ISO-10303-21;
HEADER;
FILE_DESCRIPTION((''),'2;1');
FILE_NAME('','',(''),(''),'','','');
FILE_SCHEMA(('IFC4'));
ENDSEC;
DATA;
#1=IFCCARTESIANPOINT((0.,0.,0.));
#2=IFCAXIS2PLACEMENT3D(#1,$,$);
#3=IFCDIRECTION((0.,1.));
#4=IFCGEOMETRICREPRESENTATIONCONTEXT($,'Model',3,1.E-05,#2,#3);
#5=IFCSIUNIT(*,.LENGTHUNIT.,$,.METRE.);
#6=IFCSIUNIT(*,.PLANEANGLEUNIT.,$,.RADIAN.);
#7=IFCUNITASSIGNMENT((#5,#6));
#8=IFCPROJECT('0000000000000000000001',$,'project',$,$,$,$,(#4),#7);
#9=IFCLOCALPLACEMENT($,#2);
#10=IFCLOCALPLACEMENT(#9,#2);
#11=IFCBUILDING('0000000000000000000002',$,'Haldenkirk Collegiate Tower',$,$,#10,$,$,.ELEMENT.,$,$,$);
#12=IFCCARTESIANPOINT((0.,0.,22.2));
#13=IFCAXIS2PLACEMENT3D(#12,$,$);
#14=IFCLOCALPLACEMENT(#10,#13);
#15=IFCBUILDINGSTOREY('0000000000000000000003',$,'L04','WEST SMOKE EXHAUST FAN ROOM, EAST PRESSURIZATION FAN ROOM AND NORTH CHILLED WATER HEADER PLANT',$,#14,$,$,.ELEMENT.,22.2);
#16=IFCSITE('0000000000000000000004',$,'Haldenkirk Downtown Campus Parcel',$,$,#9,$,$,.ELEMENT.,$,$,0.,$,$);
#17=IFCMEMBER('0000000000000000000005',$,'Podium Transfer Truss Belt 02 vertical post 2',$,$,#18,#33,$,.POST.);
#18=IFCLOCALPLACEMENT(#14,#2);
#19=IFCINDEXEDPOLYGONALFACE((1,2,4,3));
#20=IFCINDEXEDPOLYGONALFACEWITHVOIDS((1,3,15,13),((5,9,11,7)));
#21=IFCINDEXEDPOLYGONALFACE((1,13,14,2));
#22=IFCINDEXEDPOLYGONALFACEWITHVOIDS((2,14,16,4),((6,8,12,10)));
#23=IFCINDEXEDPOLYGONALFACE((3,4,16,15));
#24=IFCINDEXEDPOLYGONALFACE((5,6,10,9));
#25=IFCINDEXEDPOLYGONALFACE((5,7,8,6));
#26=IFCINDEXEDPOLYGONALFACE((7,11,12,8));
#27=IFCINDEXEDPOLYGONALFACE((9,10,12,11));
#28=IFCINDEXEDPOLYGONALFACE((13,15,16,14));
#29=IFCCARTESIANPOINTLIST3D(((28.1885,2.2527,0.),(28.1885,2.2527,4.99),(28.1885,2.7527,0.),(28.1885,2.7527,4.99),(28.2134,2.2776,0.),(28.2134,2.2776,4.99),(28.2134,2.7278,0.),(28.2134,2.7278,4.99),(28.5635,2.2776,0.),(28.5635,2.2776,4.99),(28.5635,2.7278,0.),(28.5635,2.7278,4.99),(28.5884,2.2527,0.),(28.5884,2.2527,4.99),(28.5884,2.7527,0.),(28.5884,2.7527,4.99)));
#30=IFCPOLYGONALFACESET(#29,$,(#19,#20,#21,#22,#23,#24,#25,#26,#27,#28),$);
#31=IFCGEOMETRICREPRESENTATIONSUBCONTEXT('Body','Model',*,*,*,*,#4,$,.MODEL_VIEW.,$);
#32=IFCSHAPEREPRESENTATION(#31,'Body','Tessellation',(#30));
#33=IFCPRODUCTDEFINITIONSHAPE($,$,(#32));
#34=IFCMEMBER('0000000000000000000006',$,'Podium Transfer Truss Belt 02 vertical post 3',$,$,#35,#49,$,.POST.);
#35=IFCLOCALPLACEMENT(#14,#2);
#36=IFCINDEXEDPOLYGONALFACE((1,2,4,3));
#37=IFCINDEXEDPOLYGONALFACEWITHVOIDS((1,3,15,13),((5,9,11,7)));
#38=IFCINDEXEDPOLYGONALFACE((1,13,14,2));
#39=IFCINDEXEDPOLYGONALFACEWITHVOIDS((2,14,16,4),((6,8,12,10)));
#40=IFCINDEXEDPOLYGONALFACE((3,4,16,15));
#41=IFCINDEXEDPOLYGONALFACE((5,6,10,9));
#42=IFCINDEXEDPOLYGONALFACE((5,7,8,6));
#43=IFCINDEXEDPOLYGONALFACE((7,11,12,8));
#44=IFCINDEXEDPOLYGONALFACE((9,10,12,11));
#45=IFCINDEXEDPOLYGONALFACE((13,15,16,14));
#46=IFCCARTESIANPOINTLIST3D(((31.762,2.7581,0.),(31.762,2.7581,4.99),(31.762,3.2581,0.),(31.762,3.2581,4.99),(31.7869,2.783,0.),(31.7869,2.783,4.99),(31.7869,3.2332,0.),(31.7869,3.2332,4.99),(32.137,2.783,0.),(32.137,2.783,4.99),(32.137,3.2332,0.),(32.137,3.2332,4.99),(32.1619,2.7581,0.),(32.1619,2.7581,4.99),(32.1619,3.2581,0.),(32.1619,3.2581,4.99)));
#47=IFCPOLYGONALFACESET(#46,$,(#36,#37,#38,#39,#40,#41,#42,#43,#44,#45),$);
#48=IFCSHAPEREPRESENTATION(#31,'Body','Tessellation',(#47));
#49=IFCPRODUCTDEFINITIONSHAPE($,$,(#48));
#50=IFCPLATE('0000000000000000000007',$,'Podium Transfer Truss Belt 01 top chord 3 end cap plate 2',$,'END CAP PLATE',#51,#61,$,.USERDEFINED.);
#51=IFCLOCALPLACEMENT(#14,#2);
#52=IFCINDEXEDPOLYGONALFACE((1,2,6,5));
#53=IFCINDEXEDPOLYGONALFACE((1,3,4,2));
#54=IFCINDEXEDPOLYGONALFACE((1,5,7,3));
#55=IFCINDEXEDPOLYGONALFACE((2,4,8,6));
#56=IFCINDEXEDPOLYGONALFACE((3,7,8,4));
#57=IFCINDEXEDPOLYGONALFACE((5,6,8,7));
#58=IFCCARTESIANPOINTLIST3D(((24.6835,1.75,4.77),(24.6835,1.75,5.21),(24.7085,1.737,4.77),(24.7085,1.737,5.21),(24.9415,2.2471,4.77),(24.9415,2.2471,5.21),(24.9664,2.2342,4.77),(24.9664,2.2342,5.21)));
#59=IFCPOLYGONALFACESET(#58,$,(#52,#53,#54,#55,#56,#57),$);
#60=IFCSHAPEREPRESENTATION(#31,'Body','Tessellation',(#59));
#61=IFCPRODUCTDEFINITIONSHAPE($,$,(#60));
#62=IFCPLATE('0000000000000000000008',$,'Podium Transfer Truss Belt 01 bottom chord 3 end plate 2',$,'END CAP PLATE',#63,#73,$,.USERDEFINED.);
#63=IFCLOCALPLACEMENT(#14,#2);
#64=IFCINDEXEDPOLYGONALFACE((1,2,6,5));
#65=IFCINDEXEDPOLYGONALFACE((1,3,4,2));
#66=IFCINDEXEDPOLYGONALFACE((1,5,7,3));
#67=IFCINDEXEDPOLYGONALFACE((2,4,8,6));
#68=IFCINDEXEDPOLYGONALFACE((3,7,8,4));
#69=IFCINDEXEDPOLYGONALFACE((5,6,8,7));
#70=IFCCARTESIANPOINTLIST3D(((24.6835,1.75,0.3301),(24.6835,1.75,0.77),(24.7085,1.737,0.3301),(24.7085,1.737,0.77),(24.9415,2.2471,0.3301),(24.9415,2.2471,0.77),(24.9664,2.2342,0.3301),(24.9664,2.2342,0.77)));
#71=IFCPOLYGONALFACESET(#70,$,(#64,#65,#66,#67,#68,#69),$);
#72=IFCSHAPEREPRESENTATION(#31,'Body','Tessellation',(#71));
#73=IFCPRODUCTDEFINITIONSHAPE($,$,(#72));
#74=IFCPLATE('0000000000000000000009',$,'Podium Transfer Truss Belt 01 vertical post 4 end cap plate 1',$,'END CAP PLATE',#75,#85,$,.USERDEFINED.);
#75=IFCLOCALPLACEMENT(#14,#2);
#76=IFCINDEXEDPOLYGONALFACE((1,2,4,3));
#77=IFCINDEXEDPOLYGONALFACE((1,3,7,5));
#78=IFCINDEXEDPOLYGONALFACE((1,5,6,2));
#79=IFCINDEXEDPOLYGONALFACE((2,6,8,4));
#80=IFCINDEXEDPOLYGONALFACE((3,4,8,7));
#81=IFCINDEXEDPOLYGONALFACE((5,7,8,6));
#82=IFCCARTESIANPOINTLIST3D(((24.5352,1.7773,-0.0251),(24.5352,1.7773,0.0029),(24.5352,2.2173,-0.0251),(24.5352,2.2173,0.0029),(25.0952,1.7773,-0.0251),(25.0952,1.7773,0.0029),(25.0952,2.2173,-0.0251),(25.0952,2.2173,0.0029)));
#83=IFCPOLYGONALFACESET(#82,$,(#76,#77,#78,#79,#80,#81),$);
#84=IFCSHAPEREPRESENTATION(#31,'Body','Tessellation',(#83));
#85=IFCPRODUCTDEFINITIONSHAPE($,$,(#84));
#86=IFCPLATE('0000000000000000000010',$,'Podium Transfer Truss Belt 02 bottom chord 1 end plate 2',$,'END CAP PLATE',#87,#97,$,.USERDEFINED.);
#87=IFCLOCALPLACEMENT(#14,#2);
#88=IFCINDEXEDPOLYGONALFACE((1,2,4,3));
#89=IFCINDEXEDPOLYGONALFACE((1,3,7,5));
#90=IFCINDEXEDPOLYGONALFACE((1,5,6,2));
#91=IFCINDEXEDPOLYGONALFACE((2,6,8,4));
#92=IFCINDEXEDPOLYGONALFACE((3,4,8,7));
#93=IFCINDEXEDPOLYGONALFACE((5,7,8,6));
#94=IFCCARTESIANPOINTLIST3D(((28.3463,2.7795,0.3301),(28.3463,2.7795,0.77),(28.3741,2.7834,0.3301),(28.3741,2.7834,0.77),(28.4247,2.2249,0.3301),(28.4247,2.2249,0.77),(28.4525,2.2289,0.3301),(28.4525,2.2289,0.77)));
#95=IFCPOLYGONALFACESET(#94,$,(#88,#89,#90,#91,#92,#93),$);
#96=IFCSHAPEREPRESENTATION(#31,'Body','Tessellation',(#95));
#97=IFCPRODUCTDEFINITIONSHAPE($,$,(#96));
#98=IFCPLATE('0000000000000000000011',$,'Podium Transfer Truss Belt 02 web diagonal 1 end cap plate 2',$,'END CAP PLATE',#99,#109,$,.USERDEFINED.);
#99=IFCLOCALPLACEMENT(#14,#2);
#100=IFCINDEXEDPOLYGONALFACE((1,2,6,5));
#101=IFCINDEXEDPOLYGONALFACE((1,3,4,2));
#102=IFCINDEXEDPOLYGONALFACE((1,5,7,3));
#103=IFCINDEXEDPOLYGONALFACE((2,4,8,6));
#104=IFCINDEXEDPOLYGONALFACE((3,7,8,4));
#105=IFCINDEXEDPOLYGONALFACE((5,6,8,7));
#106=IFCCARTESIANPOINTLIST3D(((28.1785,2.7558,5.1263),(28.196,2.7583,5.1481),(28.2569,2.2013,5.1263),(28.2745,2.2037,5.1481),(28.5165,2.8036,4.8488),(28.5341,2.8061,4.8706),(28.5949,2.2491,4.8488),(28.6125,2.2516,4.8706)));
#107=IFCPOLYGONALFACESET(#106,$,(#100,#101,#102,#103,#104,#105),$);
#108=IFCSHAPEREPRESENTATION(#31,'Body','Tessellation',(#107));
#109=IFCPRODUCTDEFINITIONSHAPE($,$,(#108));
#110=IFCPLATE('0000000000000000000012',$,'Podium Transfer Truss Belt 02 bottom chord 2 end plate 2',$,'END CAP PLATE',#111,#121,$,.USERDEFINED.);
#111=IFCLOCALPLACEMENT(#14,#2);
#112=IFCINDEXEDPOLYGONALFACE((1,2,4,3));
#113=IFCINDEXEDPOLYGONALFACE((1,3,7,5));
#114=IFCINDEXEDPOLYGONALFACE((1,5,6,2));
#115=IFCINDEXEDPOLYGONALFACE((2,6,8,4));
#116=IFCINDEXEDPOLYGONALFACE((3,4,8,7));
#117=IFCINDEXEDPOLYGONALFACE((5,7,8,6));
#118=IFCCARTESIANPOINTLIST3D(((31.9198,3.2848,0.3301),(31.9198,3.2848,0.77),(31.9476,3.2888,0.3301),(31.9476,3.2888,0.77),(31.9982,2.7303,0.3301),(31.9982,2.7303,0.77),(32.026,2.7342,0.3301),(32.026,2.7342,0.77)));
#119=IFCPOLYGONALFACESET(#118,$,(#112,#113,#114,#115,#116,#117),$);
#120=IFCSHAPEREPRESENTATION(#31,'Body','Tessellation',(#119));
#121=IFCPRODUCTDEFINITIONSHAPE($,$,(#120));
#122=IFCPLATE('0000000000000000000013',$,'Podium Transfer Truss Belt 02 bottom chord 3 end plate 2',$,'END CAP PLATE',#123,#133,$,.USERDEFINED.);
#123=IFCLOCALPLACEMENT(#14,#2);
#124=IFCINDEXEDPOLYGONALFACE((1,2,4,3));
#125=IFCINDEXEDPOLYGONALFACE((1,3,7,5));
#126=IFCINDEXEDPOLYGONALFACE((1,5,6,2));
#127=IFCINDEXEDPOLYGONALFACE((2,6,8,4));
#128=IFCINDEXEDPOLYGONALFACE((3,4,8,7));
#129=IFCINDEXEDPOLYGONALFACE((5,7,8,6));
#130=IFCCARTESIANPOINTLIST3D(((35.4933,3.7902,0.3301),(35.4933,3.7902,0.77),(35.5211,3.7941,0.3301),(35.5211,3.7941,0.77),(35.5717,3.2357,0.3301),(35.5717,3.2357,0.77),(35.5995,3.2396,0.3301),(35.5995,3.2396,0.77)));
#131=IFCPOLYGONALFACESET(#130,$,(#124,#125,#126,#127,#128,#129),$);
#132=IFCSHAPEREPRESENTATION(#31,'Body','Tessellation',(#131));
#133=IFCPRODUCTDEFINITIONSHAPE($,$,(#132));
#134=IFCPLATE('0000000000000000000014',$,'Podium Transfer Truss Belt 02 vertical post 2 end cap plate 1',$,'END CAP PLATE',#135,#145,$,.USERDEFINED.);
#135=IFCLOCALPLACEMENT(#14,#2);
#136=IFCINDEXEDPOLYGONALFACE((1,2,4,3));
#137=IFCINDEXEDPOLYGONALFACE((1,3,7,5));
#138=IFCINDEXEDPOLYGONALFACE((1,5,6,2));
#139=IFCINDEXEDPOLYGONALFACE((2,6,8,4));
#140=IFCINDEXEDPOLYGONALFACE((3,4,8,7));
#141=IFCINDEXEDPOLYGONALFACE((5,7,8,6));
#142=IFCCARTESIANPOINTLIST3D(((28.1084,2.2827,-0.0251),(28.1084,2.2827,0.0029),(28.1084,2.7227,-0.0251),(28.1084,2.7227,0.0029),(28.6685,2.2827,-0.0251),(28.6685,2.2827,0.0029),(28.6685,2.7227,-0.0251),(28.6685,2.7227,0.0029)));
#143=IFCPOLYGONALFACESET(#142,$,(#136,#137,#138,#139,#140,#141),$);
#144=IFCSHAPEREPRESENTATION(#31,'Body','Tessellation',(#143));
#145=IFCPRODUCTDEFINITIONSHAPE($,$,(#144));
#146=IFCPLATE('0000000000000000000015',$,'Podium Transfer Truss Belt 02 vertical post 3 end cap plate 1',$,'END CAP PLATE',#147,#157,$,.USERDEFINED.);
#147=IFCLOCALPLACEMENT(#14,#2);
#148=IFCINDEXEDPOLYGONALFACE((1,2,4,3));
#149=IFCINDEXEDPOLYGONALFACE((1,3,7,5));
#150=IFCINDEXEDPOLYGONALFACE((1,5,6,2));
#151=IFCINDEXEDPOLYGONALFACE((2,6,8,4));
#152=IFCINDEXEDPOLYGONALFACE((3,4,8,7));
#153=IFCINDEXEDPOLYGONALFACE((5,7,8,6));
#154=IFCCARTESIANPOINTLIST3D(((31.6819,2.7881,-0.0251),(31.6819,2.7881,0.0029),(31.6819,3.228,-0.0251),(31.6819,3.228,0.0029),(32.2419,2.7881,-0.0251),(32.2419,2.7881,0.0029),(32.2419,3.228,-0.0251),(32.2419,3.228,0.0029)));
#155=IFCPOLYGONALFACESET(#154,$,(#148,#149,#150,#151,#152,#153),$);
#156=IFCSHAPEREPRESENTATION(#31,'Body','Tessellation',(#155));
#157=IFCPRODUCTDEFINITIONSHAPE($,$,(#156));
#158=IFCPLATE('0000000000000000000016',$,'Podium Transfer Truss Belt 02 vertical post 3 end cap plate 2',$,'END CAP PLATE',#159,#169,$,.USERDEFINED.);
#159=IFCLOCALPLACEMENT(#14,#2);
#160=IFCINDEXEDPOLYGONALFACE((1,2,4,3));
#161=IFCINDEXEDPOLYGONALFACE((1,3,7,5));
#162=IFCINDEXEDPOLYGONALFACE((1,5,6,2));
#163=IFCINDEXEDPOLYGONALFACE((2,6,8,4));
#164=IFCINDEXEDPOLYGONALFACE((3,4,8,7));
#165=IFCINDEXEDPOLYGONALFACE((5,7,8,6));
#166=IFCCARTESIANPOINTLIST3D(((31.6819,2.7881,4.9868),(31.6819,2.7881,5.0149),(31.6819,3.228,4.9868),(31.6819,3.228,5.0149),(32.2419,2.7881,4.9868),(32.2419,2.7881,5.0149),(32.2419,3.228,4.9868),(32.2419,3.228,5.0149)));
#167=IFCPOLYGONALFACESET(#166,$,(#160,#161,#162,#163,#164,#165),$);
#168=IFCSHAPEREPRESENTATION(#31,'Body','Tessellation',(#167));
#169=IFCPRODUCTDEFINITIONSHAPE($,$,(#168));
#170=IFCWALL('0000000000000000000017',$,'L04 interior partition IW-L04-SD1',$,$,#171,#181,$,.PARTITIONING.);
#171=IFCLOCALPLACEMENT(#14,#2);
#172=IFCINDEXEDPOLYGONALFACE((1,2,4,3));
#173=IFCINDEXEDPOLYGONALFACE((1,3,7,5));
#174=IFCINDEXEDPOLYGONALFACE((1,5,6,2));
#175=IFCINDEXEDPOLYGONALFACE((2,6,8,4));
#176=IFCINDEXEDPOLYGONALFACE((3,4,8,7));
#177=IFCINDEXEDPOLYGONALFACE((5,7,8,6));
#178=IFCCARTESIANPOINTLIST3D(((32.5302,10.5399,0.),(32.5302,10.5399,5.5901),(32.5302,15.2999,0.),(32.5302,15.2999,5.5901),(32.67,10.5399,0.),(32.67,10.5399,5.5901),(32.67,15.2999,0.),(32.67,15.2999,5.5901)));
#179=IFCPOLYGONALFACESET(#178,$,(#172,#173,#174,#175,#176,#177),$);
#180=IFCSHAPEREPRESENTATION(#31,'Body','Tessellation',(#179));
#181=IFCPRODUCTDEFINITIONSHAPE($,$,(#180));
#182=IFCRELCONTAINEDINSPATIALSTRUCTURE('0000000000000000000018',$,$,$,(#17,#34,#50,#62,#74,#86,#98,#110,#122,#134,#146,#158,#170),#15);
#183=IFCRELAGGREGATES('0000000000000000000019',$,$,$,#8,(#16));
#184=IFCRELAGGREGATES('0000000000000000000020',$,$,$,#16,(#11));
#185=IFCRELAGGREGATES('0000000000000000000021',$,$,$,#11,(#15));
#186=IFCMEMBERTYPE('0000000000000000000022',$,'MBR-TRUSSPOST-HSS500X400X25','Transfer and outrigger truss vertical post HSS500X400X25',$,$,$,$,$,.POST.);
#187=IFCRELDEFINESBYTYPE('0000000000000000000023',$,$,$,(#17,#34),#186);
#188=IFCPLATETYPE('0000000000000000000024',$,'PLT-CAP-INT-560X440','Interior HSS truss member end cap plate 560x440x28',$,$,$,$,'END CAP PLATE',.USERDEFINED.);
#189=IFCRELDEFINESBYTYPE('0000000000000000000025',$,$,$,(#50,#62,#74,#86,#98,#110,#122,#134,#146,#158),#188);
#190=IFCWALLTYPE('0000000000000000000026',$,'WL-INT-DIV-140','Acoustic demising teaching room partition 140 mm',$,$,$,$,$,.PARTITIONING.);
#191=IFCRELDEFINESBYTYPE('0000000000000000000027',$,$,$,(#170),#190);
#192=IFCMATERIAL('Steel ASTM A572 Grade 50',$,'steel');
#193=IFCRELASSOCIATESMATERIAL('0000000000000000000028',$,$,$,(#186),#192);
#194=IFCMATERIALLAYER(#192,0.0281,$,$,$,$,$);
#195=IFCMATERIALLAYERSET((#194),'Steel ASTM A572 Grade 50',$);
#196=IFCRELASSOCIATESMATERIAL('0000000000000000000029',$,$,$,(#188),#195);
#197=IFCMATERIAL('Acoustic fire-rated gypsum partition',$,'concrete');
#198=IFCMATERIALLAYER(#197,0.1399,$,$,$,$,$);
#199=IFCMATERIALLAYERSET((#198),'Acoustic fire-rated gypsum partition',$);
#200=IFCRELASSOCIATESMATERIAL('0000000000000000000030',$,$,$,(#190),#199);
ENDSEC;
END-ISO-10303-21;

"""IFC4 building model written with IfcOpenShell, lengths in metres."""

from ifc_helpers import new_model, si_unit, direction, frame, frame_2d, origin, origin_2d, place, context, subcontext, project, spatial, rectangle, hollow_rectangle, extrude, source, transform, mapped, material, layer, layer_set, material_profile, profile_set, type_object, element, save


model = new_model("IFC4")

# Units and contexts
model_context = context("Model", 3, precision=1e-05, world=origin(), true_north=direction((0.0, 1.0)))
body_context = subcontext(model_context, "Body", "Model", "MODEL_VIEW")
ifc_project = project(units=[si_unit("LENGTHUNIT", "METRE"), si_unit("PLANEANGLEUNIT", "RADIAN")], contexts=[model_context])

# Site, building, storey
site_placement = place(None, origin())
site = spatial("IfcSite", under=ifc_project, at=site_placement, Name="Haldenkirk Downtown Campus Parcel", CompositionType="ELEMENT", RefElevation=0.0)
building_placement = place(site_placement, origin())
building = spatial("IfcBuilding", under=site, at=building_placement, Name="Haldenkirk Collegiate Tower", CompositionType="ELEMENT")
storey_placement = place(building_placement, frame((0.0, 0.0, 22.2)))
storey = spatial("IfcBuildingStorey", under=building, at=storey_placement, Name="L04", Description="WEST SMOKE EXHAUST FAN ROOM, EAST PRESSURIZATION FAN ROOM AND NORTH CHILLED WATER HEADER PLANT", CompositionType="ELEMENT", Elevation=22.2)

# Members
ifc_material_1 = material(Name="Steel ASTM A572 Grade 50", Category="steel")
ifc_material_profile_1 = material_profile(ifc_material_1, hollow_rectangle(XDim=0.3999, YDim=0.5, WallThickness=0.0249, at=origin_2d()), Name="HSS500X400X25")
ifc_profile_set_1 = profile_set([ifc_material_profile_1], Name="Steel ASTM A572 Grade 50")
member_type_1 = type_object("IfcMemberType", Name="MBR-TRUSSPOST-HSS500X400X25", Description="Transfer and outrigger truss vertical post HSS500X400X25", PredefinedType="POST", material=ifc_profile_set_1)
for number, where, z_axis, x_axis, name in (
    (1, (28.3884, 2.5027, 0.0), (0.0, 0.0, 1.0), (1.0, 0.0, 0.0), "Podium Transfer Truss Belt 02 vertical post 2"),
    (2, (31.9619, 3.0081, 0.0), (0.0, 0.0, 1.0), (1.0, 0.0, 0.0), "Podium Transfer Truss Belt 02 vertical post 3"),
):
    element("IfcMember", number, at=place(storey_placement, frame(where, z_axis=z_axis, x_axis=x_axis)), inside=storey, type_object=member_type_1, Name=name, PredefinedType="POST", context=body_context, shape_type="SweptSolid", body=[
        extrude(hollow_rectangle(XDim=0.3999, YDim=0.5, WallThickness=0.0249, at=origin_2d()), origin(), (0.0, 0.0, 1.0), 4.99),
    ])

# Plates
ifc_layer_1 = layer(ifc_material_1, 0.0281)
ifc_layer_set_1 = layer_set([ifc_layer_1], Name="Steel ASTM A572 Grade 50")
plate_type = type_object("IfcPlateType", Name="PLT-CAP-INT-560X440", Description="Interior HSS truss member end cap plate 560x440x28", ElementType="END CAP PLATE", PredefinedType="USERDEFINED", material=ifc_layer_set_1)
shared_shape = source(origin(), body_context, "Body", "SweptSolid", [
    extrude(rectangle(XDim=0.5601, YDim=0.4399, at=origin_2d()), origin(), (0.0, 0.0, 1.0), 0.0281),
])
for number, where, z_axis, x_axis, name in (
    (3, (24.8125, 1.9985, 4.99), (0.88766, -0.460499, 0.0), (0.460499, 0.88766, 0.0), "Podium Transfer Truss Belt 01 top chord 3 end cap plate 2"),
    (4, (24.8125, 1.9985, 0.55), (0.887657, -0.460504, 0.0), (0.460504, 0.887657, 0.0), "Podium Transfer Truss Belt 01 bottom chord 3 end plate 2"),
    (5, (24.8152, 1.9973, 0.0029), (0.0, 0.0, -1.0), (1.0, 0.0, 0.0), "Podium Transfer Truss Belt 01 vertical post 4 end cap plate 1"),
    (6, (28.3855, 2.5022, 0.55), (0.990146, 0.140039, 0.0), (-0.140039, 0.990146, 0.0), "Podium Transfer Truss Belt 02 bottom chord 1 end plate 2"),
    (7, (28.3867, 2.5024, 4.9875), (0.624531, 0.08833, 0.775989), (-0.14004, 0.990146, 0.0), "Podium Transfer Truss Belt 02 web diagonal 1 end cap plate 2"),
    (8, (31.959, 3.0076, 0.55), (0.990146, 0.140039, 0.0), (-0.140039, 0.990146, 0.0), "Podium Transfer Truss Belt 02 bottom chord 2 end plate 2"),
    (9, (35.5325, 3.5129, 0.55), (0.990146, 0.140039, 0.0), (-0.140039, 0.990146, 0.0), "Podium Transfer Truss Belt 02 bottom chord 3 end plate 2"),
    (10, (28.3884, 2.5027, 0.0029), (0.0, 0.0, -1.0), (1.0, 0.0, 0.0), "Podium Transfer Truss Belt 02 vertical post 2 end cap plate 1"),
    (11, (31.9619, 3.0081, 0.0029), (0.0, 0.0, -1.0), (1.0, 0.0, 0.0), "Podium Transfer Truss Belt 02 vertical post 3 end cap plate 1"),
    (12, (31.9619, 3.0081, 4.9868), (0.0, 0.0, 1.0), (1.0, 0.0, 0.0), "Podium Transfer Truss Belt 02 vertical post 3 end cap plate 2"),
):
    element("IfcPlate", number, at=place(storey_placement, frame(where, z_axis=z_axis, x_axis=x_axis)), inside=storey, type_object=plate_type, Name=name, ObjectType="END CAP PLATE", PredefinedType="USERDEFINED", context=body_context, shape_type="MappedRepresentation", body=[
        mapped(shared_shape, transform((0.0, 0.0, 0.0), x_axis=(1.0, 0.0, 0.0), y_axis=(0.0, 1.0, 0.0), z_axis=(0.0, 0.0, 1.0), scale=1.0)),
    ])

# Wall
ifc_material_2 = material(Name="Acoustic fire-rated gypsum partition", Category="concrete")
ifc_layer_2 = layer(ifc_material_2, 0.1399)
ifc_layer_set_2 = layer_set([ifc_layer_2], Name="Acoustic fire-rated gypsum partition")
wall_type = type_object("IfcWallType", Name="WL-INT-DIV-140", Description="Acoustic demising teaching room partition 140 mm", PredefinedType="PARTITIONING", material=ifc_layer_set_2)
wall_placement = place(storey_placement, frame((32.6001, 10.54, 0.0), z_axis=(0.0, 0.0, 1.0), x_axis=(0.0, 1.0, 0.0)))
element("IfcWall", 13, at=wall_placement, inside=storey, type_object=wall_type, Name="L04 interior partition IW-L04-SD1", PredefinedType="PARTITIONING", context=body_context, shape_type="SweptSolid", body=[
    extrude(rectangle(XDim=4.76, YDim=0.1399, at=frame_2d((2.3799, 0.0))), origin(), (0.0, 0.0, 1.0), 5.5901),
])

save(model, "model.ifc")
